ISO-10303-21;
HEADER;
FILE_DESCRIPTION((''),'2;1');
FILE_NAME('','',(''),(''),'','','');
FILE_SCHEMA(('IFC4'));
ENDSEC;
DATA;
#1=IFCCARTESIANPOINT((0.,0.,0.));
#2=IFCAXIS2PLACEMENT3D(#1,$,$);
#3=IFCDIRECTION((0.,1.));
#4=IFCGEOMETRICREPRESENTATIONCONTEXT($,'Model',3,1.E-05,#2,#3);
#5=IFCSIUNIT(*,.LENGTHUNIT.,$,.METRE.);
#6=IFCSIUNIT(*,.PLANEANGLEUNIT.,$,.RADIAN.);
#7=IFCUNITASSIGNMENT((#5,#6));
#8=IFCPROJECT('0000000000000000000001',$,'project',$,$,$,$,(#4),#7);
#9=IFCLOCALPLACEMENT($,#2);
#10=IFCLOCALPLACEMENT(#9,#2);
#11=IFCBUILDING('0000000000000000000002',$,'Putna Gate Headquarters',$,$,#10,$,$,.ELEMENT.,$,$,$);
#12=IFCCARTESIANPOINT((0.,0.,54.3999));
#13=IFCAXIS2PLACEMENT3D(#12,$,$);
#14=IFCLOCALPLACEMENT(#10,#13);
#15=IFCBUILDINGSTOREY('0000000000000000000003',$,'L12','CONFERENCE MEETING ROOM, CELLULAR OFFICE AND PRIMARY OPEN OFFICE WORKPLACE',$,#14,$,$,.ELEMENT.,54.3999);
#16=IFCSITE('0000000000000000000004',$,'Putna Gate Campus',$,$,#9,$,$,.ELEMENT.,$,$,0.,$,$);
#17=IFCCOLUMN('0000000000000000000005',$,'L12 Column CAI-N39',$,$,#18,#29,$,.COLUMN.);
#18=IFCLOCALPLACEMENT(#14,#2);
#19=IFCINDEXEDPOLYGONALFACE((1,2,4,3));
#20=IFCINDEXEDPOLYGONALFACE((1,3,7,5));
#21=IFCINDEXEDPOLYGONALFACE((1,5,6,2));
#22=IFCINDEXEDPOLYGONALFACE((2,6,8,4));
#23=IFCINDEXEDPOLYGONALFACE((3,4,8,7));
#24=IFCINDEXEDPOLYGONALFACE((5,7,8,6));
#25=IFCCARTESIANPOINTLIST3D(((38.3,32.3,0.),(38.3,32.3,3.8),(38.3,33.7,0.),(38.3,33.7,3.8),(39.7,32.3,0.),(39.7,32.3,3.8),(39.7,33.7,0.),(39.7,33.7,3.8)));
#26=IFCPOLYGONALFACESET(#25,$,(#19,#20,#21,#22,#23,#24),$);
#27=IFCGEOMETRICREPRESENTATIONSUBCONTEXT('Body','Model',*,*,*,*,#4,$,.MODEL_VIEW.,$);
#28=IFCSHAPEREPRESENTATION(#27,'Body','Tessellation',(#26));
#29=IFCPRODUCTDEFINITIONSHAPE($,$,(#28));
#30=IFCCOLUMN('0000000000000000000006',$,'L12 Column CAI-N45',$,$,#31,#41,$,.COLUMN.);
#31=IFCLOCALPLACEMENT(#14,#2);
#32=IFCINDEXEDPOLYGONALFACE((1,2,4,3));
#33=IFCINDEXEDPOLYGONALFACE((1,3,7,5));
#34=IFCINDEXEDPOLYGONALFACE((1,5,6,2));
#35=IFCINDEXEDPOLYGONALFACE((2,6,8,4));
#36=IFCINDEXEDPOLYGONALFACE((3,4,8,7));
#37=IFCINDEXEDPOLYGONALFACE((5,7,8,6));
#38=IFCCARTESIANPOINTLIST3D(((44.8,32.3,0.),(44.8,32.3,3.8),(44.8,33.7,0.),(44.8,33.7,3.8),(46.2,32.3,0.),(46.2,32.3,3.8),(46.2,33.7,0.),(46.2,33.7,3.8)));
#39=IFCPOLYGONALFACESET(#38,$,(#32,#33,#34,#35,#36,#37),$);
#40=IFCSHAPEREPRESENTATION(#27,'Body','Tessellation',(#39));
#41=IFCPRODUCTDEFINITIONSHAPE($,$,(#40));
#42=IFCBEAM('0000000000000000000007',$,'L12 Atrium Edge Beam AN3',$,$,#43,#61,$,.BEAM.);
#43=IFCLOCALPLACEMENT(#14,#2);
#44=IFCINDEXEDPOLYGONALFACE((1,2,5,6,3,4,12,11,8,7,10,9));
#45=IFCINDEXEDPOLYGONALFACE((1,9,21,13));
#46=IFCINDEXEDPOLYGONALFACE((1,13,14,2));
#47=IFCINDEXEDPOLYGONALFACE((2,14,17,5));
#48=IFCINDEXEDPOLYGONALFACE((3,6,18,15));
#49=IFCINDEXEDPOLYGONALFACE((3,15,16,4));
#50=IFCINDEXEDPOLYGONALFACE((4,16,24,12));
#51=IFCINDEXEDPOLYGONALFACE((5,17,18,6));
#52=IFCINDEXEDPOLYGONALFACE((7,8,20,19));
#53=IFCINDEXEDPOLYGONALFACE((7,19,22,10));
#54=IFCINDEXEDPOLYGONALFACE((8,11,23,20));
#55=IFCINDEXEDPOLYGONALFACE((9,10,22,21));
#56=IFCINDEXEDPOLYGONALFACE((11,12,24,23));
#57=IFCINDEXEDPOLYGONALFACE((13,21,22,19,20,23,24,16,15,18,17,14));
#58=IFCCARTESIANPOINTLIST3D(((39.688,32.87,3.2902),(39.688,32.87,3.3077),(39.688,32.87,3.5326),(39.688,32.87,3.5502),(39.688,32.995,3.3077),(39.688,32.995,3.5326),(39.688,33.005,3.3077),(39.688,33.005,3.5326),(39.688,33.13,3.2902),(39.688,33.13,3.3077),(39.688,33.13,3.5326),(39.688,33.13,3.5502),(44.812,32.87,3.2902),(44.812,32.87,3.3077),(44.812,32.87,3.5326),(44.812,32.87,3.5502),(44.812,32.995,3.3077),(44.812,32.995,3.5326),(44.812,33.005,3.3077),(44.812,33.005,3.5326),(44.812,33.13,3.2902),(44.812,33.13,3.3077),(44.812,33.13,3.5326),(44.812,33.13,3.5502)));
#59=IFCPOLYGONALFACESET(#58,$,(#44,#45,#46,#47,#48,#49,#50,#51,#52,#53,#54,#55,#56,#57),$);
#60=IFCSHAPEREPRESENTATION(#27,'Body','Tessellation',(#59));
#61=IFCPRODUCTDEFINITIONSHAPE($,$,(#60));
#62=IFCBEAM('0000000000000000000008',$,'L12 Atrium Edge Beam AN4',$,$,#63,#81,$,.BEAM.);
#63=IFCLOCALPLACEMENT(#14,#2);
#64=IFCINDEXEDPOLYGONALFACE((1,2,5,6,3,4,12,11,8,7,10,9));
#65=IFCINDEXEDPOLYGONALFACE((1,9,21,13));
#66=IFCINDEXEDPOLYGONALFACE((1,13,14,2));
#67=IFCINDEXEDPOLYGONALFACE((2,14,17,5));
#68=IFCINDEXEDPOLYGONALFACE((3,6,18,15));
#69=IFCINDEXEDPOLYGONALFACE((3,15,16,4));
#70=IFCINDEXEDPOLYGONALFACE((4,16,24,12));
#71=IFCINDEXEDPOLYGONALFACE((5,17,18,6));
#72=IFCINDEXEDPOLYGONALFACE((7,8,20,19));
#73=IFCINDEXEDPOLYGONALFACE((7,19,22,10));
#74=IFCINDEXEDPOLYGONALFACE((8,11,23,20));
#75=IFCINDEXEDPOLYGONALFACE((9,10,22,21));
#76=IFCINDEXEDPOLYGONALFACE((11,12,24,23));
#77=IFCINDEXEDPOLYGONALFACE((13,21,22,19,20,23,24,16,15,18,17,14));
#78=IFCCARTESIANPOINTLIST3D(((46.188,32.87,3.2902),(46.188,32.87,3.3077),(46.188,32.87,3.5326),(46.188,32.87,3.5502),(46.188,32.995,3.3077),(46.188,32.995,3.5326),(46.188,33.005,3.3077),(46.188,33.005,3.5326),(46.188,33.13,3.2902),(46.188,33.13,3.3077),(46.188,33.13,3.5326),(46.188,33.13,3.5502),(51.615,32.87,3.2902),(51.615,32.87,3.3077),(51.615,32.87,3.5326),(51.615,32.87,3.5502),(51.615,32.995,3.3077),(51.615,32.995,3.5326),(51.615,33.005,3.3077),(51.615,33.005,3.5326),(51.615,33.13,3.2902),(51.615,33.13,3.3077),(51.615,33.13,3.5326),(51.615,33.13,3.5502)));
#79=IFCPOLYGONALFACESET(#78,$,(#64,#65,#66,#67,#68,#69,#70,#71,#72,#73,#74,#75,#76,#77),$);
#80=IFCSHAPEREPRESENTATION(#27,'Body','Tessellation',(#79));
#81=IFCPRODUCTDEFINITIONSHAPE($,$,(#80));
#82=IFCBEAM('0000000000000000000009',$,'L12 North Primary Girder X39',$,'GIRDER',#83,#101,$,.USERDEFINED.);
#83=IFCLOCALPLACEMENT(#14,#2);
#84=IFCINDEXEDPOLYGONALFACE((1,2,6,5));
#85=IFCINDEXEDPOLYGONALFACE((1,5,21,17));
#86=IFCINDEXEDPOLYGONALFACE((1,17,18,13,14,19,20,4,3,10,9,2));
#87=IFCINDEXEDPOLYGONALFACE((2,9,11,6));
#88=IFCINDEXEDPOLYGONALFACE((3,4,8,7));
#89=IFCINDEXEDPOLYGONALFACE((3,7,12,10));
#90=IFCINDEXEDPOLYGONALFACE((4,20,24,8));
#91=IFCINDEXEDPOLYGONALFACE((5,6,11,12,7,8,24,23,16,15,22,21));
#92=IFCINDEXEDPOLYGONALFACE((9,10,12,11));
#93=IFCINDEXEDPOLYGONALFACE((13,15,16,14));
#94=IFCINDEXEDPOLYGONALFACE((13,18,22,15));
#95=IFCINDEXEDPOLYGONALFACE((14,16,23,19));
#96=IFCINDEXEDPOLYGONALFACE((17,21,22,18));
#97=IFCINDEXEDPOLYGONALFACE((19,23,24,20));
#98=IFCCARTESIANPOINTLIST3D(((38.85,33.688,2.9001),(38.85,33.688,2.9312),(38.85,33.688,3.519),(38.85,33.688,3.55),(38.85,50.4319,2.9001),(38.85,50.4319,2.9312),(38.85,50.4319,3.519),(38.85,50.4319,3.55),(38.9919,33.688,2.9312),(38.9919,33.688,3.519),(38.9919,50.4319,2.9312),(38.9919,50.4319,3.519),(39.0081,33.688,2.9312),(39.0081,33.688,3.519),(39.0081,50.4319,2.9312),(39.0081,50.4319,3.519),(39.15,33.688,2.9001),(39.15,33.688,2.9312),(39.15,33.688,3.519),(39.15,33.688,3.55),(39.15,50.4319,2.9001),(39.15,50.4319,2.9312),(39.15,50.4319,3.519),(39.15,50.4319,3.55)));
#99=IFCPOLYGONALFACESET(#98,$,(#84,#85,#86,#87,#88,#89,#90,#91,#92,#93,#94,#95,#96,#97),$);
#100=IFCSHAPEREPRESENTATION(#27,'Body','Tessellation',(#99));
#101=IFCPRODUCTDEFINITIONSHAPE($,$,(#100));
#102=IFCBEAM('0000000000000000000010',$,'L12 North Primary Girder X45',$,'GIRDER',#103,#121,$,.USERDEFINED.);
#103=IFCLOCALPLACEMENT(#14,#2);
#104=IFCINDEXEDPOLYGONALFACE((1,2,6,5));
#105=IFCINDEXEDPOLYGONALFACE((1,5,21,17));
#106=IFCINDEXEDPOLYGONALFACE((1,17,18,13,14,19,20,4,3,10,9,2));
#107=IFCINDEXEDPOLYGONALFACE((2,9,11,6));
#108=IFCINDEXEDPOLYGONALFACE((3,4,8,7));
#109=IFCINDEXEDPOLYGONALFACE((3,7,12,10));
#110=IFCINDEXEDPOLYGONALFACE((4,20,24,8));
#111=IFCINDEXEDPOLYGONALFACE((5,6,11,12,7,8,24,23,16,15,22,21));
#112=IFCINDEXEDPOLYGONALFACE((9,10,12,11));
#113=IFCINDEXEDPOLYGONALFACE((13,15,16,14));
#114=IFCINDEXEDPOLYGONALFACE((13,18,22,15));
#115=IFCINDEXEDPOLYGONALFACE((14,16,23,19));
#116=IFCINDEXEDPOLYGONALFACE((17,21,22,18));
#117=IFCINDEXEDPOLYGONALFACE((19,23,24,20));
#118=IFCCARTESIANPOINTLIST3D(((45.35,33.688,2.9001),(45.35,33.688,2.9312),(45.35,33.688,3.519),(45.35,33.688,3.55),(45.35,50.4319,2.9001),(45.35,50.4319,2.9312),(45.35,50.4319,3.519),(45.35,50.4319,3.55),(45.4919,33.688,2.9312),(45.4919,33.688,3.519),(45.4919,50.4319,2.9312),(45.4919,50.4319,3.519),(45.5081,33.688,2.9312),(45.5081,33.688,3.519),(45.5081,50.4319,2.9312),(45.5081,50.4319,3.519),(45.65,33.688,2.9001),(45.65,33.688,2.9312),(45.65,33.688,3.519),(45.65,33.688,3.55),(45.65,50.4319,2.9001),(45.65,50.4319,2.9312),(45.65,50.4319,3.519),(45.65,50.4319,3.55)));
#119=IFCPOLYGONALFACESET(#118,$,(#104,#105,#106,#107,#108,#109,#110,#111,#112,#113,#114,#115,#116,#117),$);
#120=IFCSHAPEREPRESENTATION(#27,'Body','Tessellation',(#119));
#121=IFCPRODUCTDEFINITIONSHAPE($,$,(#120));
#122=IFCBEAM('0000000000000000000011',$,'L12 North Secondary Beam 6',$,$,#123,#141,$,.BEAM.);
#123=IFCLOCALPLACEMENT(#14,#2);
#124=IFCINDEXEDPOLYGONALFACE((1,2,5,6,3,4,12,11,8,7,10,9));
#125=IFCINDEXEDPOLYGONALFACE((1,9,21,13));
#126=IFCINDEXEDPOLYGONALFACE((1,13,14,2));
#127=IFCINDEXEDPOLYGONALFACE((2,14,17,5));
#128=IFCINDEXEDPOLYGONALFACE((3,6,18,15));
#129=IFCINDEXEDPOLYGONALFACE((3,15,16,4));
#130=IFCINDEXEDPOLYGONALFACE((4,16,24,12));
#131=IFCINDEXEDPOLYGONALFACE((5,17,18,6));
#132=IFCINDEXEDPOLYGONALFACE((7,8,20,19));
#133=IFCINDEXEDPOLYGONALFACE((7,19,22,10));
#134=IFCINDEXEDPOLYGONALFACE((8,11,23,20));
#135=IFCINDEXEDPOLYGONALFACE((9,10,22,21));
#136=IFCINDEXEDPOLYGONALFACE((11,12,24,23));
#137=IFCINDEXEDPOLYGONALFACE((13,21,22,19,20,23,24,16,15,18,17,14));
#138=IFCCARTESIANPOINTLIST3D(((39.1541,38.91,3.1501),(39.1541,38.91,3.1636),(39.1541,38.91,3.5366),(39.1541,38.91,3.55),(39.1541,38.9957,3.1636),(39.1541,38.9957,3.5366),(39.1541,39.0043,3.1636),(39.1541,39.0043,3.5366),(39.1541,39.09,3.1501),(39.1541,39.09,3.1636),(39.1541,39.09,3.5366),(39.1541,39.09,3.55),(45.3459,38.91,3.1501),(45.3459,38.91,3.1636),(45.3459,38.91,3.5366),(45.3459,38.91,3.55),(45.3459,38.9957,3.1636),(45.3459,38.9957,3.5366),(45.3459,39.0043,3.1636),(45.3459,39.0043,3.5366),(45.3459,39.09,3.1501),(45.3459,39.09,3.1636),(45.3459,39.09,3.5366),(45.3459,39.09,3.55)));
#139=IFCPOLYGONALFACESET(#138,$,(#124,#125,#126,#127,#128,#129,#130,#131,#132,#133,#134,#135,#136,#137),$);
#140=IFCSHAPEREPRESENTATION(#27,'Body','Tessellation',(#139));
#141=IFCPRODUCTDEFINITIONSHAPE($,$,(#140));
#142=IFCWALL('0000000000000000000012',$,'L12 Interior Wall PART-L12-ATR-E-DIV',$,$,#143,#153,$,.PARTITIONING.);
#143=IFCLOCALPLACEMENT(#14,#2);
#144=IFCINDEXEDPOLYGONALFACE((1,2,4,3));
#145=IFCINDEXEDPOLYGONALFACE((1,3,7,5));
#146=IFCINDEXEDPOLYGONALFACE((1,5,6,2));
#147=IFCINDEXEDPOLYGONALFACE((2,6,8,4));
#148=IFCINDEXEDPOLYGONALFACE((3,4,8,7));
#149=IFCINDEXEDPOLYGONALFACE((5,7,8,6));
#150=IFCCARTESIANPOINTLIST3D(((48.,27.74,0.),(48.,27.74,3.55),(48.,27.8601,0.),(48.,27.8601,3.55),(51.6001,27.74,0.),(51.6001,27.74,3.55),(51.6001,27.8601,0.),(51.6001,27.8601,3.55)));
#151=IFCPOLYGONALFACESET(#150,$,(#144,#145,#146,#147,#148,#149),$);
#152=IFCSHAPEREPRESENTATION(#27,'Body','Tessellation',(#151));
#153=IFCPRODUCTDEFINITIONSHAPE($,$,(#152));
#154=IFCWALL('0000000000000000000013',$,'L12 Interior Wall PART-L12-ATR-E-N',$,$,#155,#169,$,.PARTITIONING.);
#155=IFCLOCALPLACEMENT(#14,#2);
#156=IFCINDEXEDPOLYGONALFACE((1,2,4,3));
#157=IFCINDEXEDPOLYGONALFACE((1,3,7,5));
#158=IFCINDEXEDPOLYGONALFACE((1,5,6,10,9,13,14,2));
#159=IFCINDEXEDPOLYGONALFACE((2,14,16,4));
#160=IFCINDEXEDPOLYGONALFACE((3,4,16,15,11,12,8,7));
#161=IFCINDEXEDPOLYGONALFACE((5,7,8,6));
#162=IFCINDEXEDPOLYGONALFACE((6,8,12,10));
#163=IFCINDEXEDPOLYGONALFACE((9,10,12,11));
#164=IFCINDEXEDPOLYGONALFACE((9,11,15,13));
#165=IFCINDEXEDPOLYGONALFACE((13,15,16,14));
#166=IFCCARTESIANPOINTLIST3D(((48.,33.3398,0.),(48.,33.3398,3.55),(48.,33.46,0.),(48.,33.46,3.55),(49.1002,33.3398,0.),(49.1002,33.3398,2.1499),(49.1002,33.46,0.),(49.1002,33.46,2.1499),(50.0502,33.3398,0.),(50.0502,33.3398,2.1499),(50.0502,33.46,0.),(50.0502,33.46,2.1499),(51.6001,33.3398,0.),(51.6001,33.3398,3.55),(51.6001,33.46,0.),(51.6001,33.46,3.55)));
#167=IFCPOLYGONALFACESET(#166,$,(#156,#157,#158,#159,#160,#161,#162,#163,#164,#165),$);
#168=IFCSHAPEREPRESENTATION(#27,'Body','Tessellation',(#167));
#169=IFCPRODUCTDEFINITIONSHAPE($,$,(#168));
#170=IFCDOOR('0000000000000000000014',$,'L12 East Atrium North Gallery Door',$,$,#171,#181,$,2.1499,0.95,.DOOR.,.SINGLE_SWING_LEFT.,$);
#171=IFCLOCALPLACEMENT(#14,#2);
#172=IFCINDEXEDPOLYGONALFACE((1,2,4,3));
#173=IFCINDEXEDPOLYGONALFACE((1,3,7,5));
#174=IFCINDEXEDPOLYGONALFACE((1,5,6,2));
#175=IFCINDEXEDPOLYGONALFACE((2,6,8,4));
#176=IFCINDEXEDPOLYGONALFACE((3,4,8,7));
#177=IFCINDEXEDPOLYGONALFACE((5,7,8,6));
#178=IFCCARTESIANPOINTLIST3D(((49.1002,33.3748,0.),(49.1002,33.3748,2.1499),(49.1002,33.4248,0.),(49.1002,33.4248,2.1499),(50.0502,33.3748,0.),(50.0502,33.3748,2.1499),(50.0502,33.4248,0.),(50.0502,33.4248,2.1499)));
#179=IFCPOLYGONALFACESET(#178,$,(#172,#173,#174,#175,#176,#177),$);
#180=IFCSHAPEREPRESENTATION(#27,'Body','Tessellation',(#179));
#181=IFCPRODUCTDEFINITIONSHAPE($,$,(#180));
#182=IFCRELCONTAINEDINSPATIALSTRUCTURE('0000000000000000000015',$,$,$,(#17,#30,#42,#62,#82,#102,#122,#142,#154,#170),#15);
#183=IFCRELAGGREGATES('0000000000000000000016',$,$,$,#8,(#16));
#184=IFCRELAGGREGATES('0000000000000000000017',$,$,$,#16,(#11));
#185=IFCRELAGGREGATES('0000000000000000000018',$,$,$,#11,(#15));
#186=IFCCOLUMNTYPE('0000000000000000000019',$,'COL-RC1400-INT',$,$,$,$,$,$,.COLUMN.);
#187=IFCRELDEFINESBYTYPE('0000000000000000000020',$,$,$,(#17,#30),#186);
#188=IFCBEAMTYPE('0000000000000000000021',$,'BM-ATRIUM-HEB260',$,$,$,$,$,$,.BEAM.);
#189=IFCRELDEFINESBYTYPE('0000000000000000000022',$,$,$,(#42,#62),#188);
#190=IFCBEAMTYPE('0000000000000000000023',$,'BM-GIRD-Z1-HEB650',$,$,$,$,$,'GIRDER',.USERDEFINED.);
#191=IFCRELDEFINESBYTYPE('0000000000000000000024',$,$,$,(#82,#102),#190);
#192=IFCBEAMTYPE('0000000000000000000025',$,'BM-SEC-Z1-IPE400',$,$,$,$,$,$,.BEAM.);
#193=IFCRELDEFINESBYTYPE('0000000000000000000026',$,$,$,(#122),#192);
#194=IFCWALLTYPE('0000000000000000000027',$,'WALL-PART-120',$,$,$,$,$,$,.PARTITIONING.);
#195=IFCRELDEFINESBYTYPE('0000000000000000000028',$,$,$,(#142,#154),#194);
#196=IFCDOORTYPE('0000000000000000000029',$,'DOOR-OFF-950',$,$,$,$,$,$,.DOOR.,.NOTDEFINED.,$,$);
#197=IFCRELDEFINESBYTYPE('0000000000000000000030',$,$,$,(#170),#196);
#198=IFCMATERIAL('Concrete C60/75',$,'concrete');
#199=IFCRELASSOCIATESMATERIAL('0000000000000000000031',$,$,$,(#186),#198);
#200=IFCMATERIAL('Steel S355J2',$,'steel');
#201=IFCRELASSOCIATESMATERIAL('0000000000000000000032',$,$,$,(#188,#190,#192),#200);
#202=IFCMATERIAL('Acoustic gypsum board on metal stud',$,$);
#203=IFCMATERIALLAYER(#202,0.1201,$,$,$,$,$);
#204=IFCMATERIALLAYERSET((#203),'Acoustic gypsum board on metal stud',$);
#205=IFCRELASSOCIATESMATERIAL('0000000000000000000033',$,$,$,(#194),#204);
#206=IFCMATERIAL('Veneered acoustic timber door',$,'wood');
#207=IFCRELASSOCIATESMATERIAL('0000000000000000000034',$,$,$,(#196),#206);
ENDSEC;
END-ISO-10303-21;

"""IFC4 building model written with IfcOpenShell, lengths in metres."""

from ifc_helpers import new_model, si_unit, direction, frame, frame_2d, origin, origin_2d, place, context, subcontext, project, spatial, rectangle, i_section, extrude, material, layer, layer_set, material_profile, profile_set, type_object, element, fill, save


model = new_model("IFC4")

# Units and contexts
model_context = context("Model", 3, precision=1e-05, world=origin(), true_north=direction((0.0, 1.0)))
body_context = subcontext(model_context, "Body", "Model", "MODEL_VIEW")
ifc_project = project(units=[si_unit("LENGTHUNIT", "METRE"), si_unit("PLANEANGLEUNIT", "RADIAN")], contexts=[model_context])

# Site, building, storey
site_placement = place(None, origin())
site = spatial("IfcSite", under=ifc_project, at=site_placement, Name="Putna Gate Campus", CompositionType="ELEMENT", RefElevation=0.0)
building_placement = place(site_placement, origin())
building = spatial("IfcBuilding", under=site, at=building_placement, Name="Putna Gate Headquarters", CompositionType="ELEMENT")
storey_placement = place(building_placement, frame((0.0, 0.0, 54.3999)))
storey = spatial("IfcBuildingStorey", under=building, at=storey_placement, Name="L12", Description="CONFERENCE MEETING ROOM, CELLULAR OFFICE AND PRIMARY OPEN OFFICE WORKPLACE", CompositionType="ELEMENT", Elevation=54.3999)

# Columns
ifc_material_1 = material(Name="Concrete C60/75", Category="concrete")
ifc_material_profile_1 = material_profile(ifc_material_1, rectangle(XDim=1.3999, YDim=1.3999, at=origin_2d()), Name="Concrete C60/75")
ifc_profile_set_1 = profile_set([ifc_material_profile_1], Name="Concrete C60/75")
column_type = type_object("IfcColumnType", Name="COL-RC1400-INT", PredefinedType="COLUMN", material=ifc_profile_set_1)
for number, where, z_axis, x_axis, name in (
    (1, (39.0, 33.0, 0.0), (0.0, 0.0, 1.0), (1.0, 0.0, 0.0), "L12 Column CAI-N39"),
    (2, (45.5, 33.0, 0.0), (0.0, 0.0, 1.0), (1.0, 0.0, 0.0), "L12 Column CAI-N45"),
):
    element("IfcColumn", number, at=place(storey_placement, frame(where, z_axis=z_axis, x_axis=x_axis)), inside=storey, type_object=column_type, Name=name, PredefinedType="COLUMN", context=body_context, shape_type="SweptSolid", body=[
        extrude(rectangle(XDim=1.3999, YDim=1.3999, at=origin_2d()), origin(), (0.0, 0.0, 1.0), 3.8),
    ])

# Beams
ifc_material_2 = material(Name="Steel S355J2", Category="steel")
ifc_material_profile_2 = material_profile(ifc_material_2, i_section(OverallWidth=0.26, OverallDepth=0.26, WebThickness=0.01, FlangeThickness=0.0176, at=origin_2d()), Name="Steel S355J2")
ifc_profile_set_2 = profile_set([ifc_material_profile_2], Name="Steel S355J2")
beam_type_1 = type_object("IfcBeamType", Name="BM-ATRIUM-HEB260", PredefinedType="BEAM", material=ifc_profile_set_2)
beam_1_placement = place(storey_placement, frame((39.688, 33.0, 3.4202), z_axis=(1.0, 0.0, 0.0), x_axis=(0.0, 1.0, 0.0)))
element("IfcBeam", 3, at=beam_1_placement, inside=storey, type_object=beam_type_1, Name="L12 Atrium Edge Beam AN3", PredefinedType="BEAM", context=body_context, shape_type="SweptSolid", body=[
    extrude(i_section(OverallWidth=0.26, OverallDepth=0.26, WebThickness=0.01, FlangeThickness=0.0176, at=origin_2d()), origin(), (0.0, 0.0, 1.0), 5.124),
])
beam_2_placement = place(storey_placement, frame((46.188, 33.0, 3.4202), z_axis=(1.0, 0.0, 0.0), x_axis=(0.0, 1.0, 0.0)))
element("IfcBeam", 4, at=beam_2_placement, inside=storey, type_object=beam_type_1, Name="L12 Atrium Edge Beam AN4", PredefinedType="BEAM", context=body_context, shape_type="SweptSolid", body=[
    extrude(i_section(OverallWidth=0.26, OverallDepth=0.26, WebThickness=0.01, FlangeThickness=0.0176, at=origin_2d()), origin(), (0.0, 0.0, 1.0), 5.427),
])
ifc_material_profile_3 = material_profile(ifc_material_2, i_section(OverallWidth=0.3, OverallDepth=0.6499, WebThickness=0.0161, FlangeThickness=0.031, at=origin_2d()), Name="Steel S355J2")
ifc_profile_set_3 = profile_set([ifc_material_profile_3], Name="Steel S355J2")
beam_type_2 = type_object("IfcBeamType", Name="BM-GIRD-Z1-HEB650", ElementType="GIRDER", PredefinedType="USERDEFINED", material=ifc_profile_set_3)
for number, where, z_axis, x_axis, name in (
    (5, (39.0, 33.688, 3.2251), (0.0, 1.0, 0.0), (-1.0, 0.0, 0.0), "L12 North Primary Girder X39"),
    (6, (45.5, 33.688, 3.2251), (0.0, 1.0, 0.0), (-1.0, 0.0, 0.0), "L12 North Primary Girder X45"),
):
    element("IfcBeam", number, at=place(storey_placement, frame(where, z_axis=z_axis, x_axis=x_axis)), inside=storey, type_object=beam_type_2, Name=name, ObjectType="GIRDER", PredefinedType="USERDEFINED", context=body_context, shape_type="SweptSolid", body=[
        extrude(i_section(OverallWidth=0.3, OverallDepth=0.6499, WebThickness=0.0161, FlangeThickness=0.031, at=origin_2d()), origin(), (0.0, 0.0, 1.0), 16.7439),
    ])
ifc_material_profile_4 = material_profile(ifc_material_2, i_section(OverallWidth=0.1799, OverallDepth=0.3999, WebThickness=0.0085, FlangeThickness=0.0134, at=origin_2d()), Name="Steel S355J2")
ifc_profile_set_4 = profile_set([ifc_material_profile_4], Name="Steel S355J2")
beam_type_3 = type_object("IfcBeamType", Name="BM-SEC-Z1-IPE400", PredefinedType="BEAM", material=ifc_profile_set_4)
beam_3_placement = place(storey_placement, frame((39.1541, 39.0, 3.3501), z_axis=(1.0, 0.0, 0.0), x_axis=(0.0, 1.0, 0.0)))
element("IfcBeam", 7, at=beam_3_placement, inside=storey, type_object=beam_type_3, Name="L12 North Secondary Beam 6", PredefinedType="BEAM", context=body_context, shape_type="SweptSolid", body=[
    extrude(i_section(OverallWidth=0.1799, OverallDepth=0.3999, WebThickness=0.0085, FlangeThickness=0.0134, at=origin_2d()), origin(), (0.0, 0.0, 1.0), 6.1919),
])

# Wall
ifc_material_3 = material(Name="Acoustic gypsum board on metal stud")
ifc_layer_1 = layer(ifc_material_3, 0.1201)
ifc_layer_set_1 = layer_set([ifc_layer_1], Name="Acoustic gypsum board on metal stud")
wall_type_1 = type_object("IfcWallType", Name="WALL-PART-120", PredefinedType="PARTITIONING", material=ifc_layer_set_1)
wall_1_placement = place(storey_placement, frame((48.0, 27.8, 0.0), z_axis=(0.0, 0.0, 1.0), x_axis=(1.0, 0.0, 0.0)))
element("IfcWall", 8, at=wall_1_placement, inside=storey, type_object=wall_type_1, Name="L12 Interior Wall PART-L12-ATR-E-DIV", PredefinedType="PARTITIONING", context=body_context, shape_type="SweptSolid", body=[
    extrude(rectangle(XDim=3.6001, YDim=0.1201, at=frame_2d((1.8, 0.0))), origin(), (0.0, 0.0, 1.0), 3.55),
])

# Wall, opening, door
wall_2_placement = place(storey_placement, frame((48.0, 33.3999, 0.0), z_axis=(0.0, 0.0, 1.0), x_axis=(1.0, 0.0, 0.0)))
wall_2 = element("IfcWall", 9, at=wall_2_placement, inside=storey, type_object=wall_type_1, Name="L12 Interior Wall PART-L12-ATR-E-N", PredefinedType="PARTITIONING", context=body_context, shape_type="SweptSolid", body=[
    extrude(rectangle(XDim=3.6001, YDim=0.1201, at=frame_2d((1.8, 0.0))), origin(), (0.0, 0.0, 1.0), 3.55),
])
opening_1_placement = place(wall_2_placement, frame((1.1001, 0.0, 0.0)))
opening_1 = element("IfcOpeningElement", 10, at=opening_1_placement, cuts=wall_2, PredefinedType="OPENING", context=body_context, shape_type="SweptSolid", body=[
    extrude(rectangle(XDim=0.95, YDim=2.1499, at=frame_2d((0.4751, 1.075))), frame((0.0, 0.0701, 0.0), z_axis=(0.0, -1.0, 0.0), x_axis=(1.0, 0.0, 0.0)), (0.0, 0.0, 1.0), 0.1401),
])
ifc_material_4 = material(Name="Veneered acoustic timber door", Category="wood")
door_type_1 = type_object("IfcDoorType", Name="DOOR-OFF-950", OperationType="NOTDEFINED", PredefinedType="DOOR", material=ifc_material_4)
door_1_placement = place(opening_1_placement, origin())
door_1 = element("IfcDoor", 11, at=door_1_placement, inside=storey, type_object=door_type_1, Name="L12 East Atrium North Gallery Door", OperationType="SINGLE_SWING_LEFT", OverallHeight=2.1499, OverallWidth=0.95, PredefinedType="DOOR", context=body_context, shape_type="SweptSolid", body=[
    extrude(rectangle(XDim=0.95, YDim=2.1499, at=frame_2d((0.4751, 1.075))), frame((0.0, 0.0249, 0.0), z_axis=(0.0, -1.0, 0.0), x_axis=(1.0, 0.0, 0.0)), (0.0, 0.0, 1.0), 0.05),
])
fill(opening_1, door_1)

save(model, "model.ifc")
